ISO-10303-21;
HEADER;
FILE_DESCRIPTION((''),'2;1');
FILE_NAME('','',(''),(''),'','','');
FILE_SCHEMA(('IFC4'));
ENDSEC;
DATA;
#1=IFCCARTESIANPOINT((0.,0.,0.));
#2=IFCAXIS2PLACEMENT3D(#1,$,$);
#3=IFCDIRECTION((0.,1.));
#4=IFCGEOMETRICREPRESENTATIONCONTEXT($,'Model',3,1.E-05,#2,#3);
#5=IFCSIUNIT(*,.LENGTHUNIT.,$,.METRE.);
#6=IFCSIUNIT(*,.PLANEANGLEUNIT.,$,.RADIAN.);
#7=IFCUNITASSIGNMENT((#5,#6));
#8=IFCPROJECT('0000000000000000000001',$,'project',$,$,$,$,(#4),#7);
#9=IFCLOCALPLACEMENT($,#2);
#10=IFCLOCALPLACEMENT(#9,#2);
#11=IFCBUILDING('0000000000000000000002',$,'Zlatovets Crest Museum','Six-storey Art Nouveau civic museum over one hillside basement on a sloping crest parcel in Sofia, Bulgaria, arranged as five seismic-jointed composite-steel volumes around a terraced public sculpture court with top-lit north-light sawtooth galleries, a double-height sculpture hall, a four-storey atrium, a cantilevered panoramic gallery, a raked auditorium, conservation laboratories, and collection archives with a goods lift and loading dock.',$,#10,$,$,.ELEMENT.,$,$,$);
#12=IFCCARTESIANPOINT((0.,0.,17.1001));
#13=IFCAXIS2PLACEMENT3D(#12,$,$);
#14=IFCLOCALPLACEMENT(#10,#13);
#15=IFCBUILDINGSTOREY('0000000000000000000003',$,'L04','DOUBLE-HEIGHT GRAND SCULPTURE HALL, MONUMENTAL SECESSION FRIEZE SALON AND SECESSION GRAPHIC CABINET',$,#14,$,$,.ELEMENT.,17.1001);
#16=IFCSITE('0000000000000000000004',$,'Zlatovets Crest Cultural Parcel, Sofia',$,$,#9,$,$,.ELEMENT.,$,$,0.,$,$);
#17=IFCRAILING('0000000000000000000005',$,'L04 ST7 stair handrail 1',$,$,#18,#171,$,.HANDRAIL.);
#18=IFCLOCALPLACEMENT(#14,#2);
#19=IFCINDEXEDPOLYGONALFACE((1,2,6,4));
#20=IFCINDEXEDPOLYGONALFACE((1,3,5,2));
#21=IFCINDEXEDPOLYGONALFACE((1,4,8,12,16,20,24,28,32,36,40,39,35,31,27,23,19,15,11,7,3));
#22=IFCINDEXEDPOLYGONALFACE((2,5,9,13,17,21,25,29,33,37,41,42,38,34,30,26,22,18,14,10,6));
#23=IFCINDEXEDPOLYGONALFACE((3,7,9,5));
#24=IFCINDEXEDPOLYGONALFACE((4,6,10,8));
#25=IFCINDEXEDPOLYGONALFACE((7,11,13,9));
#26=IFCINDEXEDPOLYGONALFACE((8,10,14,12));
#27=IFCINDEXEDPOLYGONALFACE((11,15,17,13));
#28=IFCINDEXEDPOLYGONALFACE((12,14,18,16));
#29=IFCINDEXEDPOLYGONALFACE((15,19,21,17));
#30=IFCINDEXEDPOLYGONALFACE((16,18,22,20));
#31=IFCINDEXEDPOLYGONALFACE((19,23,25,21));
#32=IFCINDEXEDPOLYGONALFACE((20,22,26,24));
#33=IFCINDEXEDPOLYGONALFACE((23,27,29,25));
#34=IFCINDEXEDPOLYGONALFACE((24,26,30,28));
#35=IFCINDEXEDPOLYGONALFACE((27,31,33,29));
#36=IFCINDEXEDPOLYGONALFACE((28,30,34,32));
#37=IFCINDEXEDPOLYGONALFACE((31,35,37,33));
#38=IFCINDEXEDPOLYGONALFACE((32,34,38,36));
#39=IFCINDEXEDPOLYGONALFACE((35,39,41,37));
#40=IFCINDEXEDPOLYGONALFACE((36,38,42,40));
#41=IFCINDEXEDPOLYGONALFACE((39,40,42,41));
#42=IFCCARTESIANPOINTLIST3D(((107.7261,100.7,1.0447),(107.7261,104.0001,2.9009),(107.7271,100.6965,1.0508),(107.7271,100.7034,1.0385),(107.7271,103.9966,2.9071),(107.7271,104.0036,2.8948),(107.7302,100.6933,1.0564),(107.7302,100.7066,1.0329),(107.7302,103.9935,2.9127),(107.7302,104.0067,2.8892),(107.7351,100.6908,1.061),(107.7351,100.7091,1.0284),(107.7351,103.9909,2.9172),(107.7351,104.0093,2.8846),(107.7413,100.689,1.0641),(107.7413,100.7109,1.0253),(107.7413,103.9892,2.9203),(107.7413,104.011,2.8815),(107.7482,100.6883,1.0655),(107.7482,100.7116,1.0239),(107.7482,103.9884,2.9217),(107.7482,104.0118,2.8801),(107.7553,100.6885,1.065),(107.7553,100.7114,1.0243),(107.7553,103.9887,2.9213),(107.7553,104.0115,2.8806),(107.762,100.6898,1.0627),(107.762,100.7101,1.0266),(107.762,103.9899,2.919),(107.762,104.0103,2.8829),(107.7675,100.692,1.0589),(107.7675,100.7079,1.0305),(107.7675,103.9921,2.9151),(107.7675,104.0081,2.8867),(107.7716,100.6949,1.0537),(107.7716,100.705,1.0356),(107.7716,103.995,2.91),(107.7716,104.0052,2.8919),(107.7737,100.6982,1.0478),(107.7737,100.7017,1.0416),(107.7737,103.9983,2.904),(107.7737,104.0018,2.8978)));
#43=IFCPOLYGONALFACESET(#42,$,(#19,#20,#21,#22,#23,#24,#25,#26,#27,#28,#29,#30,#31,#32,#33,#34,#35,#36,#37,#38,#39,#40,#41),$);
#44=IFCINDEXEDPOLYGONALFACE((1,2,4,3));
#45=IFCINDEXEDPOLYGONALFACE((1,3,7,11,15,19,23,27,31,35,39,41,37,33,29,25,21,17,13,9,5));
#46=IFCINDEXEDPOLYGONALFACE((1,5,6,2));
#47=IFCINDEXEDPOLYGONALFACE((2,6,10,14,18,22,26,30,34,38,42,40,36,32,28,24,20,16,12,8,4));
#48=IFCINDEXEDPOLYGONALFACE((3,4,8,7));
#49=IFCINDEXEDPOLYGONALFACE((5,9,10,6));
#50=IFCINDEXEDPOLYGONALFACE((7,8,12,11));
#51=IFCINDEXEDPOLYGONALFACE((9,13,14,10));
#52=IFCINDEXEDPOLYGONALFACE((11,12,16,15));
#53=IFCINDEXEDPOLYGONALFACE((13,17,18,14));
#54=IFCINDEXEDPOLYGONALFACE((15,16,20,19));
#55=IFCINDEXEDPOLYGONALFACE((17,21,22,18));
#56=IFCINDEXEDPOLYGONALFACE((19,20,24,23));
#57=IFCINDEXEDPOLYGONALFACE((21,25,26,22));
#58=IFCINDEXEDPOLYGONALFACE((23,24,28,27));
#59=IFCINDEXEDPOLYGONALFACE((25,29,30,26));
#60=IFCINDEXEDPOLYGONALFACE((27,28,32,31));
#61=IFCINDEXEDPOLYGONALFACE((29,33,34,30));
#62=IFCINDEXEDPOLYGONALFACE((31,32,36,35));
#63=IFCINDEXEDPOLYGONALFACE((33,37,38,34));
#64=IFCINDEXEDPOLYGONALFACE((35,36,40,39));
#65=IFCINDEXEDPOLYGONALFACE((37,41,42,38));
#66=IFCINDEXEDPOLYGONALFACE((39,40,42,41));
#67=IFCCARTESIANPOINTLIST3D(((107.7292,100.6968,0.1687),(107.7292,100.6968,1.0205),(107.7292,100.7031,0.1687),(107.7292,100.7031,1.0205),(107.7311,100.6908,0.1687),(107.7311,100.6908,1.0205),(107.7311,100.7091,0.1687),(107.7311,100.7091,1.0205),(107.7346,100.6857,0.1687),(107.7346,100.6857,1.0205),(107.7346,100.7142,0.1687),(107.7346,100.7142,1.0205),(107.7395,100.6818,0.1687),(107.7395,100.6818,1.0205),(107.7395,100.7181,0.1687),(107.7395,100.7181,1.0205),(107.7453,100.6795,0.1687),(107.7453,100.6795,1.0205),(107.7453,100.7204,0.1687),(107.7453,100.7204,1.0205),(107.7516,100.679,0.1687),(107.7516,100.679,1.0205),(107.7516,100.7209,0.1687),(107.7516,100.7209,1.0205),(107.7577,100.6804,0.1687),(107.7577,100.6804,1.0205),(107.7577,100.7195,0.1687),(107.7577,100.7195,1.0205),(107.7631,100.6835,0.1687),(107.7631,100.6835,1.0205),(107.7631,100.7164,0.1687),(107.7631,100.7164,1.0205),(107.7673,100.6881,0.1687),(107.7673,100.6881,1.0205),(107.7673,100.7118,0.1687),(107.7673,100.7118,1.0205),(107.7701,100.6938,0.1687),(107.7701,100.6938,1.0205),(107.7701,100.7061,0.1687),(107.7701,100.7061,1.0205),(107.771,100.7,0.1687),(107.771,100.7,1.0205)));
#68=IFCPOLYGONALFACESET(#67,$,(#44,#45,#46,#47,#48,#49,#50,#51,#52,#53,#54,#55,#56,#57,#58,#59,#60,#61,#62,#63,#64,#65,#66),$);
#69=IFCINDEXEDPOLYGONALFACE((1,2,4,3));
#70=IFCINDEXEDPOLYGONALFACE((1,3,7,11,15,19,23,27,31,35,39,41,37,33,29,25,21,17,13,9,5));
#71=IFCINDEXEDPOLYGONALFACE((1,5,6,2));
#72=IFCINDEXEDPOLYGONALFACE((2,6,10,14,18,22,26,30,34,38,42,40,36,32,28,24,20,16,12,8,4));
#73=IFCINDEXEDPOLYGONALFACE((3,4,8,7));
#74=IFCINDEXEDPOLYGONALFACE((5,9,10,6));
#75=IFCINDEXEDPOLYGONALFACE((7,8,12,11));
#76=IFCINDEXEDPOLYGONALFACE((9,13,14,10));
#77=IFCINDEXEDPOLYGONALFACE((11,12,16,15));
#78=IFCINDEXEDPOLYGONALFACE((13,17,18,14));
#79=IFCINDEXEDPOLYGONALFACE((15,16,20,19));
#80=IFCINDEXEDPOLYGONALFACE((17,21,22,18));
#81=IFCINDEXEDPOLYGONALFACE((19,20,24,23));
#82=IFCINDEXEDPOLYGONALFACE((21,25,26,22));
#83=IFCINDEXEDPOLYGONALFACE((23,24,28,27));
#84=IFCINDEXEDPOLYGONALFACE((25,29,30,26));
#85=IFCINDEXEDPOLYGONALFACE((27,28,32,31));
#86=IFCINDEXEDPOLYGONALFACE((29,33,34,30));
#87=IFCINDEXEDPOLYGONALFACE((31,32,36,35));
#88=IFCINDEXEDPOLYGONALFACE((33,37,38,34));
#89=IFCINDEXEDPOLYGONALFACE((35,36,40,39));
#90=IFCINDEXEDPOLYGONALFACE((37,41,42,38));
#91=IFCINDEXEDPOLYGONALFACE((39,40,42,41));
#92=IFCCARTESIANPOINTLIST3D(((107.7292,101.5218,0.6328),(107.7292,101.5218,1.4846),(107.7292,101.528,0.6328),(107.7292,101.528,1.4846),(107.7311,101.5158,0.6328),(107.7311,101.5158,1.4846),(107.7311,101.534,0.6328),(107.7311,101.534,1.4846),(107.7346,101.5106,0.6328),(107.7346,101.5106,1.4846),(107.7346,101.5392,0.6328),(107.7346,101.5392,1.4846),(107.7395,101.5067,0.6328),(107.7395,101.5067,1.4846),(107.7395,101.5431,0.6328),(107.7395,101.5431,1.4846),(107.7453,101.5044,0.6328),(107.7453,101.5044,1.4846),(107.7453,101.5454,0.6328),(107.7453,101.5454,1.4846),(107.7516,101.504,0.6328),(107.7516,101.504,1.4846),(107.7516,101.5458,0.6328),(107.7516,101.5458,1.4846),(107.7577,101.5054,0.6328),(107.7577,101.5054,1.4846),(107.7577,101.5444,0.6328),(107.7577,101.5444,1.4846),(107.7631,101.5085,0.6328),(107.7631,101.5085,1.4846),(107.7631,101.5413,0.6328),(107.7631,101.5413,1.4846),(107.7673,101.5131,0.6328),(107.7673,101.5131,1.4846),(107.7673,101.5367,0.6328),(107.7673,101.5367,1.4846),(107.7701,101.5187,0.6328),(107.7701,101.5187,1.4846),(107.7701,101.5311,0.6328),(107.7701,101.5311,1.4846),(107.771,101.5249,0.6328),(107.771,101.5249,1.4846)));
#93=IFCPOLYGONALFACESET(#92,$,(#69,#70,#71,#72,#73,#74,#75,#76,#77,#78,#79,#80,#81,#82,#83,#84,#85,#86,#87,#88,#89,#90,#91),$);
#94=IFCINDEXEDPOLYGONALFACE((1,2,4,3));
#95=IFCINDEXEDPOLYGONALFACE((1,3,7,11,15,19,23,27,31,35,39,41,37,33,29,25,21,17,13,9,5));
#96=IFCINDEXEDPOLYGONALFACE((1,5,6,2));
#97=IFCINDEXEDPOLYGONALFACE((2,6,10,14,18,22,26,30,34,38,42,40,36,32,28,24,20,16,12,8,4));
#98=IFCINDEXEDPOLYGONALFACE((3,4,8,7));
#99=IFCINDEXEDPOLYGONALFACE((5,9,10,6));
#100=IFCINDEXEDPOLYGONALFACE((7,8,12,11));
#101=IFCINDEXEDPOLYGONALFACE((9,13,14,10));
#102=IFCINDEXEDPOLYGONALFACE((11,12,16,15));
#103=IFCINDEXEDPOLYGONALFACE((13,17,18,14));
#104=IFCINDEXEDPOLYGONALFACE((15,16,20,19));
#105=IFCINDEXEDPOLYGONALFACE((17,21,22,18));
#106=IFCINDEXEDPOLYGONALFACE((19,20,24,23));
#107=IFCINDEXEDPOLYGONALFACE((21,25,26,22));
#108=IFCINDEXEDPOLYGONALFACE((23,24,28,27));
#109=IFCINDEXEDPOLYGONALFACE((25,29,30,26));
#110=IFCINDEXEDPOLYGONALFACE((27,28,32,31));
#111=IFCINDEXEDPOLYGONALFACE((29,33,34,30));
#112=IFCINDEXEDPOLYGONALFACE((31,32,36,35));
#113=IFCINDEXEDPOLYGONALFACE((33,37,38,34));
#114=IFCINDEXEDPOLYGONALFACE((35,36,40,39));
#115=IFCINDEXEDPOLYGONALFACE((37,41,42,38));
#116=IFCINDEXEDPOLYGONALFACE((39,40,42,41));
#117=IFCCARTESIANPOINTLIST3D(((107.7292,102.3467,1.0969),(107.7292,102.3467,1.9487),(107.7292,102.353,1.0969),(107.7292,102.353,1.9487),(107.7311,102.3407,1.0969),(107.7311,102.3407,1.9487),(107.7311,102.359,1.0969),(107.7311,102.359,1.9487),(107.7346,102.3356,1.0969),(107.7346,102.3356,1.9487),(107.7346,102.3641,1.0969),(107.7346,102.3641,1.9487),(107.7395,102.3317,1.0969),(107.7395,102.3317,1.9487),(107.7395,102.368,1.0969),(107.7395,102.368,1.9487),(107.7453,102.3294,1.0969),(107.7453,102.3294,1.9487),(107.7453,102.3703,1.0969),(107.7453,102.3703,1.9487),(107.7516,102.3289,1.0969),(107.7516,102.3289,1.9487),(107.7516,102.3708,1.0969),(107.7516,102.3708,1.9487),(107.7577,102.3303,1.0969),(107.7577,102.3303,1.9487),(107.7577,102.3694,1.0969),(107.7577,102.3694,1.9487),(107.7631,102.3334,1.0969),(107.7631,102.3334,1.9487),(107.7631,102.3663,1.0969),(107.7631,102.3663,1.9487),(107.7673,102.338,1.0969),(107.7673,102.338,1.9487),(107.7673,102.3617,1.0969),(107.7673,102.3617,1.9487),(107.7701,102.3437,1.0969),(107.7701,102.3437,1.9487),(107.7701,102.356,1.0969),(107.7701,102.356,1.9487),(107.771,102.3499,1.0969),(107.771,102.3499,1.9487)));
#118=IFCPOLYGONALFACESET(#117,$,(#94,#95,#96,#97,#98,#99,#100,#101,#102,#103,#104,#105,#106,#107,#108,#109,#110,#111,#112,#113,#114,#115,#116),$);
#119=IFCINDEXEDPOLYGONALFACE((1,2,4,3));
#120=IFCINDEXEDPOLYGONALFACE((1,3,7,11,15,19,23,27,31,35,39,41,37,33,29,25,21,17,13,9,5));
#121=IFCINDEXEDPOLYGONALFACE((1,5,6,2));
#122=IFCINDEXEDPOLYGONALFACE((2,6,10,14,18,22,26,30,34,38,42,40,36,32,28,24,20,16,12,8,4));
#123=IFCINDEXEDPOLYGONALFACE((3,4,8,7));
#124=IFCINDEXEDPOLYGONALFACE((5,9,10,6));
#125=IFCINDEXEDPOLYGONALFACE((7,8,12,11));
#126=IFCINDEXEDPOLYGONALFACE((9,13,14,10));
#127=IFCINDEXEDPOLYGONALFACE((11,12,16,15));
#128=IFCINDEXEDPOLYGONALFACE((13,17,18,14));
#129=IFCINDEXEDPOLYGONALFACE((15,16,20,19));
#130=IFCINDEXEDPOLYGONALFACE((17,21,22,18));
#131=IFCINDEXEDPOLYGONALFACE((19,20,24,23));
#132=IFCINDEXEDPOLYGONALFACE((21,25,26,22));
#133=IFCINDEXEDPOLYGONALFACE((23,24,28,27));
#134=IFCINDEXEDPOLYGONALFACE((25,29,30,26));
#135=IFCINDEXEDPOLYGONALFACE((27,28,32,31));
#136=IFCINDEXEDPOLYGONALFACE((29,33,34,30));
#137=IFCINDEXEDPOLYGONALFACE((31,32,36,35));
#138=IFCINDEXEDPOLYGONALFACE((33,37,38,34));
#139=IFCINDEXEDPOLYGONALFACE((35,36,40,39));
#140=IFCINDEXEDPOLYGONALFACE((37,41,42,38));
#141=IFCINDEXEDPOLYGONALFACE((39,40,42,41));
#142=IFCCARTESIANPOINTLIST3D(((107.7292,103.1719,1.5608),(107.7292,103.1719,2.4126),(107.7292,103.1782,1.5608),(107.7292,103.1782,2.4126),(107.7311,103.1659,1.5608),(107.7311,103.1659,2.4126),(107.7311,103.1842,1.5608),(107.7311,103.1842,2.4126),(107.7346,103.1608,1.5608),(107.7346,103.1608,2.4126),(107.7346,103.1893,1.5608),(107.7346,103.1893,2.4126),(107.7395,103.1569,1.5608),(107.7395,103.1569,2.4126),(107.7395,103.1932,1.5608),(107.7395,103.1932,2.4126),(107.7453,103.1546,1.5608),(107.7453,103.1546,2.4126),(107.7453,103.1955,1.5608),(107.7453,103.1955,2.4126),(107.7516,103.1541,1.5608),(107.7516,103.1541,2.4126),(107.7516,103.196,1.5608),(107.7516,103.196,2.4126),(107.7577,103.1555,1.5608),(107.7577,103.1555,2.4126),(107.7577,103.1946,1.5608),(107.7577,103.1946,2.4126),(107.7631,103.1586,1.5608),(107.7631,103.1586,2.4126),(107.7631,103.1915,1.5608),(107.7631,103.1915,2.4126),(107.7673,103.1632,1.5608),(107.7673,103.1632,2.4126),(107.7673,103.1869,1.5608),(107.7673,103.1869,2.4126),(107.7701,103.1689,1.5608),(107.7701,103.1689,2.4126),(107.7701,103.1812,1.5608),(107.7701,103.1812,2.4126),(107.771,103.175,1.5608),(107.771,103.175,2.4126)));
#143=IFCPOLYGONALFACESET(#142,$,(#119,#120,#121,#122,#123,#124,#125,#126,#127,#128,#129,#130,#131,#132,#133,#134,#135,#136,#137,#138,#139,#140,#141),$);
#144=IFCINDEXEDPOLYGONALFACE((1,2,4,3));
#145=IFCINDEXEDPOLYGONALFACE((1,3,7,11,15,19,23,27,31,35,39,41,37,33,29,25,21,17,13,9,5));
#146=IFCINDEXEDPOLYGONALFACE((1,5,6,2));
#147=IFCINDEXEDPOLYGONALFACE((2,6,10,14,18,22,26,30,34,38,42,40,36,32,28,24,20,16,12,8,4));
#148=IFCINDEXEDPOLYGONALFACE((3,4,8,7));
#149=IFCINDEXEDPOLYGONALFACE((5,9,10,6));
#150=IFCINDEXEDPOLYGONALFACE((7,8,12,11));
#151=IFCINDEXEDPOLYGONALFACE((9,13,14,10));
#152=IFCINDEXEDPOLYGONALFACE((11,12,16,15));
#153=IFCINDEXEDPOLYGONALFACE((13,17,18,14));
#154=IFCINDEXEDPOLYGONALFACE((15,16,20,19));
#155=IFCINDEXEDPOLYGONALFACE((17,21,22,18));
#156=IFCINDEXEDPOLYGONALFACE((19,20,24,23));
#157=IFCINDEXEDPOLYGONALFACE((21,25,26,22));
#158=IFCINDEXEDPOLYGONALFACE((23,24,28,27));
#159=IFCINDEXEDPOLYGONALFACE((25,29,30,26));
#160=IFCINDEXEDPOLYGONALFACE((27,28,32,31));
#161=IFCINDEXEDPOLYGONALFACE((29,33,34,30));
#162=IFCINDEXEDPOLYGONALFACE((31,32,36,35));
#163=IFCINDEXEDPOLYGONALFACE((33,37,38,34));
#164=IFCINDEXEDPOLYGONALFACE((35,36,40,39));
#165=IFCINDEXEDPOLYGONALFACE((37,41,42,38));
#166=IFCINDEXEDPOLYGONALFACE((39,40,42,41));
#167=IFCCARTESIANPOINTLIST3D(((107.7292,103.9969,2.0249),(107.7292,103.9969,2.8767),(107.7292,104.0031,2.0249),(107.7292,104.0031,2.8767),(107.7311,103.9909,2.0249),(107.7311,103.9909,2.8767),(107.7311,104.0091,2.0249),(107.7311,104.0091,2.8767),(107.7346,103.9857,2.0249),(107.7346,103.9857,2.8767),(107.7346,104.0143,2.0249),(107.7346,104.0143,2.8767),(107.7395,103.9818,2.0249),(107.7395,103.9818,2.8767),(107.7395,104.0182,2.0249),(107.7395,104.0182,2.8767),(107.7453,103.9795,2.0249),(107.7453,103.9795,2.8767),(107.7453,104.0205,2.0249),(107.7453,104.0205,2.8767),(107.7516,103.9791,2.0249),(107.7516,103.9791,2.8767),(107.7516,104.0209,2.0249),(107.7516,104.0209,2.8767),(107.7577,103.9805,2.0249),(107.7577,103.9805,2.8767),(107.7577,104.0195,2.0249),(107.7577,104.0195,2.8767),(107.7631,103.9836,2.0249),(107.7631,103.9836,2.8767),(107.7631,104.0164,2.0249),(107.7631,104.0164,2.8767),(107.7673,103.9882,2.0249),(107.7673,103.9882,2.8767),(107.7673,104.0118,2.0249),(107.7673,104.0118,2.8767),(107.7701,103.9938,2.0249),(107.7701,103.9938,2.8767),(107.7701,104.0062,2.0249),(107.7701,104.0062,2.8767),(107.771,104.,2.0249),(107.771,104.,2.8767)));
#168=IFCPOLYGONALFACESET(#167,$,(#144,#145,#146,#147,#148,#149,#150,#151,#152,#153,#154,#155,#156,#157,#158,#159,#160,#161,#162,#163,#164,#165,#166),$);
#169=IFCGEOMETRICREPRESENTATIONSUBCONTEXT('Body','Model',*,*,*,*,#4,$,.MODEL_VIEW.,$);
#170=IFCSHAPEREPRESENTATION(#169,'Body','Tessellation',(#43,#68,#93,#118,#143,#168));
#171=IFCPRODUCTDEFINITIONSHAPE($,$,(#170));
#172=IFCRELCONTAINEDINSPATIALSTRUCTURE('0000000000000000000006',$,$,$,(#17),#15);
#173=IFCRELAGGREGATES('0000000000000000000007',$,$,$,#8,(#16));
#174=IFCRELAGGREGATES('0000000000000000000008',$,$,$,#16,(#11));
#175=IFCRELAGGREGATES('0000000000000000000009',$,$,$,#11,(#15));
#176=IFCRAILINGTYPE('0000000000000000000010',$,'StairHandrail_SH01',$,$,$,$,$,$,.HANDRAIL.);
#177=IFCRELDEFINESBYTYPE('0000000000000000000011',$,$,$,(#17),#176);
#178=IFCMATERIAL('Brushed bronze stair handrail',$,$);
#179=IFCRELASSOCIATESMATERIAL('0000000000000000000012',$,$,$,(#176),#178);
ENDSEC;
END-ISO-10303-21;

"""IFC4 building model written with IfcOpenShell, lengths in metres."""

from ifc_helpers import new_model, si_unit, direction, frame, origin, origin_2d, place, context, subcontext, project, spatial, circle, extrude, material, type_object, element, save


model = new_model("IFC4")

# Units and contexts
model_context = context("Model", 3, precision=1e-05, world=origin(), true_north=direction((0.0, 1.0)))
body_context = subcontext(model_context, "Body", "Model", "MODEL_VIEW")
ifc_project = project(units=[si_unit("LENGTHUNIT", "METRE"), si_unit("PLANEANGLEUNIT", "RADIAN")], contexts=[model_context])

# Site, building, storey
site_placement = place(None, origin())
site = spatial("IfcSite", under=ifc_project, at=site_placement, Name="Zlatovets Crest Cultural Parcel, Sofia", CompositionType="ELEMENT", RefElevation=0.0)
building_placement = place(site_placement, origin())
building = spatial("IfcBuilding", under=site, at=building_placement, Name="Zlatovets Crest Museum", Description="Six-storey Art Nouveau civic museum over one hillside basement on a sloping crest parcel in Sofia, Bulgaria, arranged as five seismic-jointed composite-steel volumes around a terraced public sculpture court with top-lit north-light sawtooth galleries, a double-height sculpture hall, a four-storey atrium, a cantilevered panoramic gallery, a raked auditorium, conservation laboratories, and collection archives with a goods lift and loading dock.", CompositionType="ELEMENT")
storey_placement = place(building_placement, frame((0.0, 0.0, 17.1001)))
storey = spatial("IfcBuildingStorey", under=building, at=storey_placement, Name="L04", Description="DOUBLE-HEIGHT GRAND SCULPTURE HALL, MONUMENTAL SECESSION FRIEZE SALON AND SECESSION GRAPHIC CABINET", CompositionType="ELEMENT", Elevation=17.1001)

# Railing
ifc_material_1 = material(Name="Brushed bronze stair handrail")
railing_type_1 = type_object("IfcRailingType", Name="StairHandrail_SH01", PredefinedType="HANDRAIL", material=ifc_material_1)
railing_1_placement = place(storey_placement, frame((107.75, 100.7, 0.1687)))
element("IfcRailing", 1, at=railing_1_placement, inside=storey, type_object=railing_type_1, Name="L04 ST7 stair handrail 1", PredefinedType="HANDRAIL", context=body_context, shape_type="SweptSolid", body=[
    extrude(circle(Radius=0.0239, at=origin_2d()), frame((0.0, 0.0, 0.876), z_axis=(0.0, 0.871584, 0.490246), x_axis=(-1.0, 0.0, 0.0)), (0.0, 0.0, 1.0), 3.7864),
    extrude(circle(Radius=0.021, at=origin_2d()), origin(), (0.0, 0.0, 1.0), 0.8518),
    extrude(circle(Radius=0.021, at=origin_2d()), frame((0.0, 0.825, 0.4641)), (0.0, 0.0, 1.0), 0.8518),
    extrude(circle(Radius=0.021, at=origin_2d()), frame((0.0, 1.6499, 0.9282)), (0.0, 0.0, 1.0), 0.8518),
    extrude(circle(Radius=0.021, at=origin_2d()), frame((0.0, 2.4751, 1.3921)), (0.0, 0.0, 1.0), 0.8518),
    extrude(circle(Radius=0.021, at=origin_2d()), frame((0.0, 3.3, 1.8562)), (0.0, 0.0, 1.0), 0.8518),
])

save(model, "model.ifc")
